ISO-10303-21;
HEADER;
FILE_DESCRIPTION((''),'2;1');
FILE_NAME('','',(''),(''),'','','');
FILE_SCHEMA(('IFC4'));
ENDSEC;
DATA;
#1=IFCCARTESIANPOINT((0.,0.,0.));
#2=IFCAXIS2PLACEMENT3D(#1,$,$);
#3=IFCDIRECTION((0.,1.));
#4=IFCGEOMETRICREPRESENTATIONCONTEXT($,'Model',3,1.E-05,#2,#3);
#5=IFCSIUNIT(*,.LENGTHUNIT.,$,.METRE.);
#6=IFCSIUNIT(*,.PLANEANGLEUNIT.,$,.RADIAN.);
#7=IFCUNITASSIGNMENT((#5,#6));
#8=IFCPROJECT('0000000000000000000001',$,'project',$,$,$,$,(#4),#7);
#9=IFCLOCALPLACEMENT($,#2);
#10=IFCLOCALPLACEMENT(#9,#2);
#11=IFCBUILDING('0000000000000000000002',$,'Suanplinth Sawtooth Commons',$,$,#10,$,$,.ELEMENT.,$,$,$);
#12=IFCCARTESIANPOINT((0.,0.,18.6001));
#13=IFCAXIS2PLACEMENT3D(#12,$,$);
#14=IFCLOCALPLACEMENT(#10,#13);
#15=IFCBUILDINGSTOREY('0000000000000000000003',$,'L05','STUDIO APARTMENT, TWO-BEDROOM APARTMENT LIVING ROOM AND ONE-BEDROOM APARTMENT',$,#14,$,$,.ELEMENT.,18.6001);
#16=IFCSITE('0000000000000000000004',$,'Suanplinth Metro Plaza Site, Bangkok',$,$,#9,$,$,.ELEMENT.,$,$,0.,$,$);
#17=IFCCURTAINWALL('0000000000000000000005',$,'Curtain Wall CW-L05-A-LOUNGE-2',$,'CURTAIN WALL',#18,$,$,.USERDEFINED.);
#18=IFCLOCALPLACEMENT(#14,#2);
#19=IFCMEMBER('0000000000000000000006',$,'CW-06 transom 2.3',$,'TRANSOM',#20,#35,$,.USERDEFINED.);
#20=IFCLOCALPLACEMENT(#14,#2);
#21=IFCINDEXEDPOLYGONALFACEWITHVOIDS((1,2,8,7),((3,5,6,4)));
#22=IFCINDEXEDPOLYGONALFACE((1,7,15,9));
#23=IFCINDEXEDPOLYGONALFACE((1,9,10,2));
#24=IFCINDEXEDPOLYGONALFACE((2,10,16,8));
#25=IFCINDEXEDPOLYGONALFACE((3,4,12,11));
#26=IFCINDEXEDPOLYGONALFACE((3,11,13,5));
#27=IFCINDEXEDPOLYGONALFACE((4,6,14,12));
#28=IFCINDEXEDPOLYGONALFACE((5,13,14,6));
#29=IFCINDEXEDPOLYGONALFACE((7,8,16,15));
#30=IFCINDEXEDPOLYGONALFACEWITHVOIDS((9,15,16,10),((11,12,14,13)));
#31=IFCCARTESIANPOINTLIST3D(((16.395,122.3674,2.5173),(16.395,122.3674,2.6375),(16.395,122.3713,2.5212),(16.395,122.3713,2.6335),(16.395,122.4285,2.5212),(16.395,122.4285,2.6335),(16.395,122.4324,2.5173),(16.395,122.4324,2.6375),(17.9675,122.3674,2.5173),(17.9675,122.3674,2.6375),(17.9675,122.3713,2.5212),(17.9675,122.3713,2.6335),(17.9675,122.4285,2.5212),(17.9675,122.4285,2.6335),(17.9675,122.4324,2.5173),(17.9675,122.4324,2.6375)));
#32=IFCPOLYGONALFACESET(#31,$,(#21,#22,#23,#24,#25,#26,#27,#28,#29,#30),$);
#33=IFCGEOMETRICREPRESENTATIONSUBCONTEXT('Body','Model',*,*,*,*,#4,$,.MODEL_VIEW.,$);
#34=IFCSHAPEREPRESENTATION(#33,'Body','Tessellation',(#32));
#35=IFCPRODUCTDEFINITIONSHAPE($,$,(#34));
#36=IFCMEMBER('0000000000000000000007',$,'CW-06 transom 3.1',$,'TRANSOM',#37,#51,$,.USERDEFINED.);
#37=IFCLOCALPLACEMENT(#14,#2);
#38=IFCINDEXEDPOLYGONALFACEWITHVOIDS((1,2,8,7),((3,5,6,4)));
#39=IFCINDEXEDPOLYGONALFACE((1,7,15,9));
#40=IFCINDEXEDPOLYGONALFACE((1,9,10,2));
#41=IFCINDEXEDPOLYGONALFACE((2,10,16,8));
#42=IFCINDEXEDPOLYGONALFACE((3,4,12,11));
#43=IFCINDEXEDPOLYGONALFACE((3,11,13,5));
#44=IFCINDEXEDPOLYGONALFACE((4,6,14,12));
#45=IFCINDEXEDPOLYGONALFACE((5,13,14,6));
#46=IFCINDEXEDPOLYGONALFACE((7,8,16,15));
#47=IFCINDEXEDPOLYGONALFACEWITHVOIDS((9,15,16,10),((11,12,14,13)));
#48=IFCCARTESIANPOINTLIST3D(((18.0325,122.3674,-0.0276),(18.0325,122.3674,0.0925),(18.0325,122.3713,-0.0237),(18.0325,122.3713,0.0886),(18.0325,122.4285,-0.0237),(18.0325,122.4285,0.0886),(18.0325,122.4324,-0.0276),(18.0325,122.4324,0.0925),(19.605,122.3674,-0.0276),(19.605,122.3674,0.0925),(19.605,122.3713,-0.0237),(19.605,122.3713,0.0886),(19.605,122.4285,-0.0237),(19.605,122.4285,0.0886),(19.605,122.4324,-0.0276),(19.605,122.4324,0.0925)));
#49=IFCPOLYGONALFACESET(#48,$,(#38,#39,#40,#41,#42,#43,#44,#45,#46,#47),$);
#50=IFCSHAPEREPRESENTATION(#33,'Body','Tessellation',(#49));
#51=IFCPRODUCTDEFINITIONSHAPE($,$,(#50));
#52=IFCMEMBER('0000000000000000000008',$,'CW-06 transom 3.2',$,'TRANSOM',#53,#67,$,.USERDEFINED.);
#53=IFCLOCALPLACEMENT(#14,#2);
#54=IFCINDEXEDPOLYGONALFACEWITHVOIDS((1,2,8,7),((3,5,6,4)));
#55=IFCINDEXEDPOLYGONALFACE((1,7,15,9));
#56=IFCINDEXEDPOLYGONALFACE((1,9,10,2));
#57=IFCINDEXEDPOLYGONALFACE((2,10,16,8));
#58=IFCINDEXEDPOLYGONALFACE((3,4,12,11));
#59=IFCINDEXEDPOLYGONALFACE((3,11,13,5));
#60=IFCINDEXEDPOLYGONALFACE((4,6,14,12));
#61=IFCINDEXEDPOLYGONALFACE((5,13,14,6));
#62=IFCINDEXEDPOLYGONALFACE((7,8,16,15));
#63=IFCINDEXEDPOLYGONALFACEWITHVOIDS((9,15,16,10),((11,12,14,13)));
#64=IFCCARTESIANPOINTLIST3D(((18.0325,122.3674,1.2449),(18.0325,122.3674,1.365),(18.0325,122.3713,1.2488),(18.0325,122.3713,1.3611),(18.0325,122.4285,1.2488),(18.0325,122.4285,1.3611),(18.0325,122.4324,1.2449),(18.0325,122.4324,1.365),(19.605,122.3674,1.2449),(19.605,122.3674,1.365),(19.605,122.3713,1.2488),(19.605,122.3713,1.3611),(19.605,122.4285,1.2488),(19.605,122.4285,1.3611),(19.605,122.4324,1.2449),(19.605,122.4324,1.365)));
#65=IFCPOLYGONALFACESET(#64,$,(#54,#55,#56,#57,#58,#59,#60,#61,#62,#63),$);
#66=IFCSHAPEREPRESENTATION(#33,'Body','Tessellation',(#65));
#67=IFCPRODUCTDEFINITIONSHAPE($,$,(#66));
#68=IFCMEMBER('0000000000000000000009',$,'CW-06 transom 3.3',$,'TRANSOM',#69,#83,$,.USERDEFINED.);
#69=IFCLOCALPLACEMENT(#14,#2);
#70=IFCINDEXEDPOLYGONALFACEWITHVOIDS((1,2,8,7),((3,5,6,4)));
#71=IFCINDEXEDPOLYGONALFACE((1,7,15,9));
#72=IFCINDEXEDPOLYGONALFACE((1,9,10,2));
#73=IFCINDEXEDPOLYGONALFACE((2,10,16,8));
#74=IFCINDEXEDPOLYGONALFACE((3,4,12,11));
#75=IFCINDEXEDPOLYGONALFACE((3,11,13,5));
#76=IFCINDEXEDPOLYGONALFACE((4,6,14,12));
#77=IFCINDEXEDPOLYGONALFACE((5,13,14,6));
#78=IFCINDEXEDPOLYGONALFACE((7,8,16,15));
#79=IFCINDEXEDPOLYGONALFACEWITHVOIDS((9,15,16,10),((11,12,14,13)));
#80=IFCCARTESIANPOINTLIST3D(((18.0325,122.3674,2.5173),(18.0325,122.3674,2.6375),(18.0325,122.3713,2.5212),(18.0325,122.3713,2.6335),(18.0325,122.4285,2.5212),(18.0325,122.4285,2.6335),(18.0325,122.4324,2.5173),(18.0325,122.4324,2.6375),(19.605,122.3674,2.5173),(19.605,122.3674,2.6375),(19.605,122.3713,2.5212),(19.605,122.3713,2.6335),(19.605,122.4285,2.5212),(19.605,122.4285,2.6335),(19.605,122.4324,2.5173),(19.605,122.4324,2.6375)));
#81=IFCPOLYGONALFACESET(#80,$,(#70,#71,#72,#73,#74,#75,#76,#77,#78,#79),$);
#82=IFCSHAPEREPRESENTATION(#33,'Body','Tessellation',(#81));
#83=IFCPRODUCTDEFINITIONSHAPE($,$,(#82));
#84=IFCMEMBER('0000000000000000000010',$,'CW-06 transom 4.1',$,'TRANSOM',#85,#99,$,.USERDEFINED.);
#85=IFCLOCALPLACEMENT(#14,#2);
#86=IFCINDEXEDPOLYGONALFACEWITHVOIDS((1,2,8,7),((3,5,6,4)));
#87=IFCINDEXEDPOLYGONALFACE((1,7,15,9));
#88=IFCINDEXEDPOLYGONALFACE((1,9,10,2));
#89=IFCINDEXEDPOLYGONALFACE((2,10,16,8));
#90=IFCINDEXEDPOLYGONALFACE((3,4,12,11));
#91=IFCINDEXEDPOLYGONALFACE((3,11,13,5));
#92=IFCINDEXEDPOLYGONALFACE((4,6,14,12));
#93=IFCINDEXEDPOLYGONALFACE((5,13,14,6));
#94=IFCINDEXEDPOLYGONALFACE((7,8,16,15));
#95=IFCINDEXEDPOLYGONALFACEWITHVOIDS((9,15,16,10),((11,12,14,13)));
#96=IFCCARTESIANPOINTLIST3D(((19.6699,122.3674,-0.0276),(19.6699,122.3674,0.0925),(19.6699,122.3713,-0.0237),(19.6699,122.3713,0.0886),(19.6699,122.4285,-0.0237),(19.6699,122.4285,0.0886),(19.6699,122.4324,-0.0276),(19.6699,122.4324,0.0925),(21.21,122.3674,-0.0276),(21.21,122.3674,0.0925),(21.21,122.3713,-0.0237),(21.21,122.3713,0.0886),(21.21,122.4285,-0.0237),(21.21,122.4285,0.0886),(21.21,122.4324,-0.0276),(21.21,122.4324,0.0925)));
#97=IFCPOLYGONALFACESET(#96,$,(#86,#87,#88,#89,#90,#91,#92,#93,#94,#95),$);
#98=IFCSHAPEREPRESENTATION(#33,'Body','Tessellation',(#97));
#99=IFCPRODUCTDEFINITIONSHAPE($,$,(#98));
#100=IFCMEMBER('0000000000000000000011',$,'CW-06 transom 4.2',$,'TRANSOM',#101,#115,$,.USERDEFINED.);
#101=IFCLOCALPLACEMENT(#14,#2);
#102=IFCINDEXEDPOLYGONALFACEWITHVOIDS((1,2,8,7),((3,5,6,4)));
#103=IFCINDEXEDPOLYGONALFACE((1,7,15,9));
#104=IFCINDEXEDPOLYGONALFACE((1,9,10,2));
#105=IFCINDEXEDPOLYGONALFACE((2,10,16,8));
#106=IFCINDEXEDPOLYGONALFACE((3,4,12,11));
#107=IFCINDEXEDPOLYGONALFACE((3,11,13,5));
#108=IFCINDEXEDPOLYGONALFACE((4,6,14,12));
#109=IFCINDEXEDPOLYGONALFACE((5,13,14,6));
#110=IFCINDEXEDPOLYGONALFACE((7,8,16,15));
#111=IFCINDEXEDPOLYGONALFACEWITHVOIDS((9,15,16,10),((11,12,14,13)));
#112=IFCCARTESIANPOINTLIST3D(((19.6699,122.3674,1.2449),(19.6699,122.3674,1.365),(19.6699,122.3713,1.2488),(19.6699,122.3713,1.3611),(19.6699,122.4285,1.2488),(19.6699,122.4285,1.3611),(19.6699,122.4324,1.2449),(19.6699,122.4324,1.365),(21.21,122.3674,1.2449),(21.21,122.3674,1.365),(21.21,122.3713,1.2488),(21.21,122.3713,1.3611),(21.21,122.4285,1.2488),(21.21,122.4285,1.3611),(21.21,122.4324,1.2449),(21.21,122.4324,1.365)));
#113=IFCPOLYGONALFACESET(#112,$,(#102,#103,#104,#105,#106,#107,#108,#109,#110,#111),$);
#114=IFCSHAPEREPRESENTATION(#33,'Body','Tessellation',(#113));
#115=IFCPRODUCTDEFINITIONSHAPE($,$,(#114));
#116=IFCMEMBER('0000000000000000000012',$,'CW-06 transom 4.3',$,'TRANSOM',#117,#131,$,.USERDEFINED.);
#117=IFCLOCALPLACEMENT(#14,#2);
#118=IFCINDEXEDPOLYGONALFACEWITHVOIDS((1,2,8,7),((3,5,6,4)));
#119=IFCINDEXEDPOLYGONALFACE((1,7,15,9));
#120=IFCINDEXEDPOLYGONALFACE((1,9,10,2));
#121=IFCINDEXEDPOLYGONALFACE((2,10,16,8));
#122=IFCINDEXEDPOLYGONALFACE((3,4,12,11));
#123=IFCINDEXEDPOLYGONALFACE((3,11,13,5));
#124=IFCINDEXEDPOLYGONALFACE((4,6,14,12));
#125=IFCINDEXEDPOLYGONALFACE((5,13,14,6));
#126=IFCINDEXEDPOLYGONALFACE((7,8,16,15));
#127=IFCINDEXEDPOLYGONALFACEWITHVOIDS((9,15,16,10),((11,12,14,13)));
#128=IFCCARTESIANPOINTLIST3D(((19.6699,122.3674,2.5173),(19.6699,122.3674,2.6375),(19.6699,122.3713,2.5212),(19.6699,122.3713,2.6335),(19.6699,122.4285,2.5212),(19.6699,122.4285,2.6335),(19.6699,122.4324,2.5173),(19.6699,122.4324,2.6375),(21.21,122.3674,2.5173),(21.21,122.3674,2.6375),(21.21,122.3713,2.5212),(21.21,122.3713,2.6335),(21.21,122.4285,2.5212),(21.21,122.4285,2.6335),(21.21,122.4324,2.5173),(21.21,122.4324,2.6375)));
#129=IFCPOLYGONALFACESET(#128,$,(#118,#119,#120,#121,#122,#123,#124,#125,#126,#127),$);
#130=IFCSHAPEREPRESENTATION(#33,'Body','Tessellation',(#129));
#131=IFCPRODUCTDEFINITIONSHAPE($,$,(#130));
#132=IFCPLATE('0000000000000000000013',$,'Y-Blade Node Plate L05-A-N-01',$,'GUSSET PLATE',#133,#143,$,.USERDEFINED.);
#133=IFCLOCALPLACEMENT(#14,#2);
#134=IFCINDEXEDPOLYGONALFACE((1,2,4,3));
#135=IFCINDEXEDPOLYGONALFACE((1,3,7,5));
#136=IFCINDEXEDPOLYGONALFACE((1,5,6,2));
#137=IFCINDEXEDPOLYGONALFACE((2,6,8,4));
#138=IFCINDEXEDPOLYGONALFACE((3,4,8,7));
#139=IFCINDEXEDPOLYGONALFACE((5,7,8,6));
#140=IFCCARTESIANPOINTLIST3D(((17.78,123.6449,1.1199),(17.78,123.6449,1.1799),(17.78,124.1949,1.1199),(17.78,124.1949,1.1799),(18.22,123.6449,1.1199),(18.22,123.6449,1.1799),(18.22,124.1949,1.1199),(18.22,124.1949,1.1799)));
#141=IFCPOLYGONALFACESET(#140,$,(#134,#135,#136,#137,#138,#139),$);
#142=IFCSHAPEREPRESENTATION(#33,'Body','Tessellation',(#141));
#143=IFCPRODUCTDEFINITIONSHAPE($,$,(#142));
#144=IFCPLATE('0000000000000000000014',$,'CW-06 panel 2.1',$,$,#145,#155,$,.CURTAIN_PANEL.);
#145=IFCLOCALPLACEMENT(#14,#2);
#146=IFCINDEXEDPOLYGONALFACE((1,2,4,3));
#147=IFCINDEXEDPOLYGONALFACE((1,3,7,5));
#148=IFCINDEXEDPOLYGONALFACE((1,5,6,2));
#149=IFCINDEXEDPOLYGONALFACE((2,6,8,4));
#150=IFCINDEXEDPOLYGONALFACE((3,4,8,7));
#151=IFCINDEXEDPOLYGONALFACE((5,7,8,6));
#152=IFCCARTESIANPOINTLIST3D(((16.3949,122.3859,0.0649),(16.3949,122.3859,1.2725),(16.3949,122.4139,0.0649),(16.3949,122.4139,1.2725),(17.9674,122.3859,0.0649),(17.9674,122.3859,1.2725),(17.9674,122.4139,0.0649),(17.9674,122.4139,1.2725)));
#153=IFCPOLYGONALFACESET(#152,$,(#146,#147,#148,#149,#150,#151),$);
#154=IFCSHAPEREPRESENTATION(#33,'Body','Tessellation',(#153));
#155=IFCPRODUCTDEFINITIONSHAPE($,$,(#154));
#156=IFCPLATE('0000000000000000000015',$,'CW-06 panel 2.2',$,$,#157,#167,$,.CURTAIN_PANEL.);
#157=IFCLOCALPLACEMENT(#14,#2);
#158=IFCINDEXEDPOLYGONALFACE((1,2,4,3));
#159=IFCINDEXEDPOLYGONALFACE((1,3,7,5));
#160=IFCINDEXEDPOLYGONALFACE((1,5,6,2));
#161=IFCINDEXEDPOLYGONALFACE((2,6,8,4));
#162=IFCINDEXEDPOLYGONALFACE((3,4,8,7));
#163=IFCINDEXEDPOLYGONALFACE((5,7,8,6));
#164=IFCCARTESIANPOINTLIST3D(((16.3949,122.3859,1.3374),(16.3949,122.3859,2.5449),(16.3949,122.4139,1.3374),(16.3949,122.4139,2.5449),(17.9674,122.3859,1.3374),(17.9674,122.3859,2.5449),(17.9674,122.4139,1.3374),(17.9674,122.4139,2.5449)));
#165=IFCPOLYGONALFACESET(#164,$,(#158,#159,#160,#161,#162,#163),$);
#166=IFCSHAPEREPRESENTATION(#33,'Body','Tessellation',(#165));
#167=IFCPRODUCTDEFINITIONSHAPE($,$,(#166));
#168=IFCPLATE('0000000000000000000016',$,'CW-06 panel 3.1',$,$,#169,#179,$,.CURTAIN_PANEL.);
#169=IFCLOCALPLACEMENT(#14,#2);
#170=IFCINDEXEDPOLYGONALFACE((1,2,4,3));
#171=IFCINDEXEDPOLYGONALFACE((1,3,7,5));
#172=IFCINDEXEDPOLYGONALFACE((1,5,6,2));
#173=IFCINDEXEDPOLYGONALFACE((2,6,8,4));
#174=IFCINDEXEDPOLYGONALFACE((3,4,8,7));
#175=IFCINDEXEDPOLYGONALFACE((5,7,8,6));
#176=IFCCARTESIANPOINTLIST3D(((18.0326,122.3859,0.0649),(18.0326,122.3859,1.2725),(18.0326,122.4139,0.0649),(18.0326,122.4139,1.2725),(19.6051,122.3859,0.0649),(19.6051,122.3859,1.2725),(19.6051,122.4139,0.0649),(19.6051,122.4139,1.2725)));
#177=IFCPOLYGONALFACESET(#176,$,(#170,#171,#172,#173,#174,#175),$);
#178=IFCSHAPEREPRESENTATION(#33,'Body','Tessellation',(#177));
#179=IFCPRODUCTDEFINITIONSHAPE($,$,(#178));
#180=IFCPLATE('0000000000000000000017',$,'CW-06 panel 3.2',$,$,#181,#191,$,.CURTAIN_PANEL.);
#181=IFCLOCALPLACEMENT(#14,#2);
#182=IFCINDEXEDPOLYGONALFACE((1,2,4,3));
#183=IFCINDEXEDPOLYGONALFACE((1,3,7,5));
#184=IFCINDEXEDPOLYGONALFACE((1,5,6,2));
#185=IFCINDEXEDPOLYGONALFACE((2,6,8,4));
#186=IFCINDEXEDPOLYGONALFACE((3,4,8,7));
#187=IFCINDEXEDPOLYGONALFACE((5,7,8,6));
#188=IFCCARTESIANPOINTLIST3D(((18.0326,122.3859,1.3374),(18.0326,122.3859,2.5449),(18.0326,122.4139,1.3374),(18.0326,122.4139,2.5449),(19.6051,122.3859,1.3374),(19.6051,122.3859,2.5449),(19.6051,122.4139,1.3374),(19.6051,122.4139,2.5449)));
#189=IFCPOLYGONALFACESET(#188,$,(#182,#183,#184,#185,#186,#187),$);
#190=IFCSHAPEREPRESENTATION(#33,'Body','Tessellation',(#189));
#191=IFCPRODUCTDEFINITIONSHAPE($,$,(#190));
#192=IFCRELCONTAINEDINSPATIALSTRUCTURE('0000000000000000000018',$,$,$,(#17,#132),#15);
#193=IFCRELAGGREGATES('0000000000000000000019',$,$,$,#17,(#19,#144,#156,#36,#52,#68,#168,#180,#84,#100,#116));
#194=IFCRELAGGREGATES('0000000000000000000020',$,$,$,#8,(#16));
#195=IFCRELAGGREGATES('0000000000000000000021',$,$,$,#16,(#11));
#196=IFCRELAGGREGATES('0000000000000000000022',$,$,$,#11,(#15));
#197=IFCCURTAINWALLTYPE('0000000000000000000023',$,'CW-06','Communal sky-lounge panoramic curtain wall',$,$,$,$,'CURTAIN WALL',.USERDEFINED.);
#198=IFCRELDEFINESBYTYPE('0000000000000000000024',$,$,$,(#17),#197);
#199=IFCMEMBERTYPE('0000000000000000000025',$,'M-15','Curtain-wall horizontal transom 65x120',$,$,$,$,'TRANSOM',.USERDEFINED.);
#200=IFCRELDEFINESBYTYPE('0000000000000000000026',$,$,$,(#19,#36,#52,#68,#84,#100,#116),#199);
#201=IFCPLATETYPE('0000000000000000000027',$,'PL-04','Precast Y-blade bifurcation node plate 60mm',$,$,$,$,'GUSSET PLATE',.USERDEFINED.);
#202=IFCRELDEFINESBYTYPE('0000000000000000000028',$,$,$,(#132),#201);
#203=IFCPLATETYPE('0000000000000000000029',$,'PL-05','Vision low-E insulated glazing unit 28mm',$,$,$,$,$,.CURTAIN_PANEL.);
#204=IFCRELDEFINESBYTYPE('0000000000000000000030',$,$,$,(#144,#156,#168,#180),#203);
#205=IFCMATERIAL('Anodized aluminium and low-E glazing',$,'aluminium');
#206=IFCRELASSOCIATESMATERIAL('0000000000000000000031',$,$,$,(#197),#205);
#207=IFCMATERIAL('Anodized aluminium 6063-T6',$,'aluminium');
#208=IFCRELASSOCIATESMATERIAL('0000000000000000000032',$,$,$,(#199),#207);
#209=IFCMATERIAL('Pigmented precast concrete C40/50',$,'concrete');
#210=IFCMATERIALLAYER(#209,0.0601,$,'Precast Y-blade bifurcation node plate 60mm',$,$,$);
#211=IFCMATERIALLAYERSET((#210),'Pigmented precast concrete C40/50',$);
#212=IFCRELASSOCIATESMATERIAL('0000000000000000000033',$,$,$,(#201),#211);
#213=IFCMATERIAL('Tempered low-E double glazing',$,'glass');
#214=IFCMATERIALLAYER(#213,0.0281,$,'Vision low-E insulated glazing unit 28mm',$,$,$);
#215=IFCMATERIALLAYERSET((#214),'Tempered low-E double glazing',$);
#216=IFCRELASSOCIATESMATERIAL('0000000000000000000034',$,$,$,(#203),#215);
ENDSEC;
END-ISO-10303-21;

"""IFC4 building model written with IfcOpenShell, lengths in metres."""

from ifc_helpers import new_model, si_unit, direction, frame, origin, origin_2d, place, context, subcontext, project, spatial, rectangle, hollow_rectangle, extrude, material, layer, layer_set, material_profile, profile_set, type_object, element, aggregate, save


model = new_model("IFC4")

# Units and contexts
model_context = context("Model", 3, precision=1e-05, world=origin(), true_north=direction((0.0, 1.0)))
body_context = subcontext(model_context, "Body", "Model", "MODEL_VIEW")
ifc_project = project(units=[si_unit("LENGTHUNIT", "METRE"), si_unit("PLANEANGLEUNIT", "RADIAN")], contexts=[model_context])

# Site, building, storey
site_placement = place(None, origin())
site = spatial("IfcSite", under=ifc_project, at=site_placement, Name="Suanplinth Metro Plaza Site, Bangkok", CompositionType="ELEMENT", RefElevation=0.0)
building_placement = place(site_placement, origin())
building = spatial("IfcBuilding", under=site, at=building_placement, Name="Suanplinth Sawtooth Commons", CompositionType="ELEMENT")
storey_placement = place(building_placement, frame((0.0, 0.0, 18.6001)))
storey = spatial("IfcBuildingStorey", under=building, at=storey_placement, Name="L05", Description="STUDIO APARTMENT, TWO-BEDROOM APARTMENT LIVING ROOM AND ONE-BEDROOM APARTMENT", CompositionType="ELEMENT", Elevation=18.6001)

# Shared definitions
ifc_material_1 = material(Name="Pigmented precast concrete C40/50", Category="concrete")

# Curtain wall, members
ifc_material_2 = material(Name="Anodized aluminium and low-E glazing", Category="aluminium")
curtain_wall_type = type_object("IfcCurtainWallType", Name="CW-06", Description="Communal sky-lounge panoramic curtain wall", ElementType="CURTAIN WALL", PredefinedType="USERDEFINED", material=ifc_material_2)
curtain_wall_placement = place(storey_placement, origin())
curtain_wall = element("IfcCurtainWall", 1, at=curtain_wall_placement, inside=storey, type_object=curtain_wall_type, Name="Curtain Wall CW-L05-A-LOUNGE-2", ObjectType="CURTAIN WALL", PredefinedType="USERDEFINED")
ifc_material_3 = material(Name="Anodized aluminium 6063-T6", Category="aluminium")
ifc_material_profile_1 = material_profile(ifc_material_3, hollow_rectangle(XDim=0.0649, YDim=0.1201, WallThickness=0.0039, at=origin_2d()), Name="ALU-TRN 65x120")
ifc_profile_set_1 = profile_set([ifc_material_profile_1], Name="Anodized aluminium 6063-T6")
member_type_1 = type_object("IfcMemberType", Name="M-15", Description="Curtain-wall horizontal transom 65x120", ElementType="TRANSOM", PredefinedType="USERDEFINED", material=ifc_profile_set_1)
member_1_placement = place(storey_placement, frame((16.395, 122.3999, 2.5774), z_axis=(1.0, 0.0, 0.0), x_axis=(0.0, 1.0, 0.0)))
member_1 = element("IfcMember", 2, at=member_1_placement, type_object=member_type_1, Name="CW-06 transom 2.3", ObjectType="TRANSOM", PredefinedType="USERDEFINED", context=body_context, shape_type="SweptSolid", body=[
    extrude(hollow_rectangle(XDim=0.0649, YDim=0.1201, WallThickness=0.0039, at=origin_2d()), origin(), (0.0, 0.0, 1.0), 1.5725),
])
member_2_placement = place(storey_placement, frame((18.0325, 122.3999, 0.0325), z_axis=(1.0, 0.0, 0.0), x_axis=(0.0, 1.0, 0.0)))
member_2 = element("IfcMember", 3, at=member_2_placement, type_object=member_type_1, Name="CW-06 transom 3.1", ObjectType="TRANSOM", PredefinedType="USERDEFINED", context=body_context, shape_type="SweptSolid", body=[
    extrude(hollow_rectangle(XDim=0.0649, YDim=0.1201, WallThickness=0.0039, at=origin_2d()), origin(), (0.0, 0.0, 1.0), 1.5725),
])
member_3_placement = place(storey_placement, frame((18.0325, 122.3999, 1.3049), z_axis=(1.0, 0.0, 0.0), x_axis=(0.0, 1.0, 0.0)))
member_3 = element("IfcMember", 4, at=member_3_placement, type_object=member_type_1, Name="CW-06 transom 3.2", ObjectType="TRANSOM", PredefinedType="USERDEFINED", context=body_context, shape_type="SweptSolid", body=[
    extrude(hollow_rectangle(XDim=0.0649, YDim=0.1201, WallThickness=0.0039, at=origin_2d()), origin(), (0.0, 0.0, 1.0), 1.5725),
])
member_4_placement = place(storey_placement, frame((18.0325, 122.3999, 2.5774), z_axis=(1.0, 0.0, 0.0), x_axis=(0.0, 1.0, 0.0)))
member_4 = element("IfcMember", 5, at=member_4_placement, type_object=member_type_1, Name="CW-06 transom 3.3", ObjectType="TRANSOM", PredefinedType="USERDEFINED", context=body_context, shape_type="SweptSolid", body=[
    extrude(hollow_rectangle(XDim=0.0649, YDim=0.1201, WallThickness=0.0039, at=origin_2d()), origin(), (0.0, 0.0, 1.0), 1.5725),
])
member_5_placement = place(storey_placement, frame((19.6699, 122.3999, 0.0325), z_axis=(1.0, 0.0, 0.0), x_axis=(0.0, 1.0, 0.0)))
member_5 = element("IfcMember", 6, at=member_5_placement, type_object=member_type_1, Name="CW-06 transom 4.1", ObjectType="TRANSOM", PredefinedType="USERDEFINED", context=body_context, shape_type="SweptSolid", body=[
    extrude(hollow_rectangle(XDim=0.0649, YDim=0.1201, WallThickness=0.0039, at=origin_2d()), origin(), (0.0, 0.0, 1.0), 1.54),
])
member_6_placement = place(storey_placement, frame((19.6699, 122.3999, 1.3049), z_axis=(1.0, 0.0, 0.0), x_axis=(0.0, 1.0, 0.0)))
member_6 = element("IfcMember", 7, at=member_6_placement, type_object=member_type_1, Name="CW-06 transom 4.2", ObjectType="TRANSOM", PredefinedType="USERDEFINED", context=body_context, shape_type="SweptSolid", body=[
    extrude(hollow_rectangle(XDim=0.0649, YDim=0.1201, WallThickness=0.0039, at=origin_2d()), origin(), (0.0, 0.0, 1.0), 1.54),
])
member_7_placement = place(storey_placement, frame((19.6699, 122.3999, 2.5774), z_axis=(1.0, 0.0, 0.0), x_axis=(0.0, 1.0, 0.0)))
member_7 = element("IfcMember", 8, at=member_7_placement, type_object=member_type_1, Name="CW-06 transom 4.3", ObjectType="TRANSOM", PredefinedType="USERDEFINED", context=body_context, shape_type="SweptSolid", body=[
    extrude(hollow_rectangle(XDim=0.0649, YDim=0.1201, WallThickness=0.0039, at=origin_2d()), origin(), (0.0, 0.0, 1.0), 1.54),
])

# Plates
ifc_layer_1 = layer(ifc_material_1, 0.0601, Name="Precast Y-blade bifurcation node plate 60mm")
ifc_layer_set_1 = layer_set([ifc_layer_1], Name="Pigmented precast concrete C40/50")
plate_type_1 = type_object("IfcPlateType", Name="PL-04", Description="Precast Y-blade bifurcation node plate 60mm", ElementType="GUSSET PLATE", PredefinedType="USERDEFINED", material=ifc_layer_set_1)
plate_1_placement = place(storey_placement, frame((18.0, 123.9199, 1.1199), z_axis=(0.0, 0.0, 1.0), x_axis=(1.0, 0.0, 0.0)))
element("IfcPlate", 9, at=plate_1_placement, inside=storey, type_object=plate_type_1, Name="Y-Blade Node Plate L05-A-N-01", ObjectType="GUSSET PLATE", PredefinedType="USERDEFINED", context=body_context, shape_type="SweptSolid", body=[
    extrude(rectangle(XDim=0.4399, YDim=0.55, at=origin_2d()), origin(), (0.0, 0.0, 1.0), 0.0601),
])
ifc_material_4 = material(Name="Tempered low-E double glazing", Category="glass")
ifc_layer_2 = layer(ifc_material_4, 0.0281, Name="Vision low-E insulated glazing unit 28mm")
ifc_layer_set_2 = layer_set([ifc_layer_2], Name="Tempered low-E double glazing")
plate_type_2 = type_object("IfcPlateType", Name="PL-05", Description="Vision low-E insulated glazing unit 28mm", PredefinedType="CURTAIN_PANEL", material=ifc_layer_set_2)
plate_2_placement = place(storey_placement, frame((17.1812, 122.3999, 0.0649), z_axis=(0.0, 0.0, 1.0), x_axis=(1.0, 0.0, 0.0)))
plate_2 = element("IfcPlate", 10, at=plate_2_placement, type_object=plate_type_2, Name="CW-06 panel 2.1", PredefinedType="CURTAIN_PANEL", context=body_context, shape_type="SweptSolid", body=[
    extrude(rectangle(XDim=1.5725, YDim=0.0281, at=origin_2d()), origin(), (0.0, 0.0, 1.0), 1.2075),
])
plate_3_placement = place(storey_placement, frame((17.1812, 122.3999, 1.3374), z_axis=(0.0, 0.0, 1.0), x_axis=(1.0, 0.0, 0.0)))
plate_3 = element("IfcPlate", 11, at=plate_3_placement, type_object=plate_type_2, Name="CW-06 panel 2.2", PredefinedType="CURTAIN_PANEL", context=body_context, shape_type="SweptSolid", body=[
    extrude(rectangle(XDim=1.5725, YDim=0.0281, at=origin_2d()), origin(), (0.0, 0.0, 1.0), 1.2075),
])
plate_4_placement = place(storey_placement, frame((18.8188, 122.3999, 0.0649), z_axis=(0.0, 0.0, 1.0), x_axis=(1.0, 0.0, 0.0)))
plate_4 = element("IfcPlate", 12, at=plate_4_placement, type_object=plate_type_2, Name="CW-06 panel 3.1", PredefinedType="CURTAIN_PANEL", context=body_context, shape_type="SweptSolid", body=[
    extrude(rectangle(XDim=1.5725, YDim=0.0281, at=origin_2d()), origin(), (0.0, 0.0, 1.0), 1.2075),
])
plate_5_placement = place(storey_placement, frame((18.8188, 122.3999, 1.3374), z_axis=(0.0, 0.0, 1.0), x_axis=(1.0, 0.0, 0.0)))
plate_5 = element("IfcPlate", 13, at=plate_5_placement, type_object=plate_type_2, Name="CW-06 panel 3.2", PredefinedType="CURTAIN_PANEL", context=body_context, shape_type="SweptSolid", body=[
    extrude(rectangle(XDim=1.5725, YDim=0.0281, at=origin_2d()), origin(), (0.0, 0.0, 1.0), 1.2075),
])
aggregate(curtain_wall, [member_1, plate_2, plate_3, member_2, member_3, member_4, plate_4, plate_5, member_5, member_6, member_7])

save(model, "model.ifc")
